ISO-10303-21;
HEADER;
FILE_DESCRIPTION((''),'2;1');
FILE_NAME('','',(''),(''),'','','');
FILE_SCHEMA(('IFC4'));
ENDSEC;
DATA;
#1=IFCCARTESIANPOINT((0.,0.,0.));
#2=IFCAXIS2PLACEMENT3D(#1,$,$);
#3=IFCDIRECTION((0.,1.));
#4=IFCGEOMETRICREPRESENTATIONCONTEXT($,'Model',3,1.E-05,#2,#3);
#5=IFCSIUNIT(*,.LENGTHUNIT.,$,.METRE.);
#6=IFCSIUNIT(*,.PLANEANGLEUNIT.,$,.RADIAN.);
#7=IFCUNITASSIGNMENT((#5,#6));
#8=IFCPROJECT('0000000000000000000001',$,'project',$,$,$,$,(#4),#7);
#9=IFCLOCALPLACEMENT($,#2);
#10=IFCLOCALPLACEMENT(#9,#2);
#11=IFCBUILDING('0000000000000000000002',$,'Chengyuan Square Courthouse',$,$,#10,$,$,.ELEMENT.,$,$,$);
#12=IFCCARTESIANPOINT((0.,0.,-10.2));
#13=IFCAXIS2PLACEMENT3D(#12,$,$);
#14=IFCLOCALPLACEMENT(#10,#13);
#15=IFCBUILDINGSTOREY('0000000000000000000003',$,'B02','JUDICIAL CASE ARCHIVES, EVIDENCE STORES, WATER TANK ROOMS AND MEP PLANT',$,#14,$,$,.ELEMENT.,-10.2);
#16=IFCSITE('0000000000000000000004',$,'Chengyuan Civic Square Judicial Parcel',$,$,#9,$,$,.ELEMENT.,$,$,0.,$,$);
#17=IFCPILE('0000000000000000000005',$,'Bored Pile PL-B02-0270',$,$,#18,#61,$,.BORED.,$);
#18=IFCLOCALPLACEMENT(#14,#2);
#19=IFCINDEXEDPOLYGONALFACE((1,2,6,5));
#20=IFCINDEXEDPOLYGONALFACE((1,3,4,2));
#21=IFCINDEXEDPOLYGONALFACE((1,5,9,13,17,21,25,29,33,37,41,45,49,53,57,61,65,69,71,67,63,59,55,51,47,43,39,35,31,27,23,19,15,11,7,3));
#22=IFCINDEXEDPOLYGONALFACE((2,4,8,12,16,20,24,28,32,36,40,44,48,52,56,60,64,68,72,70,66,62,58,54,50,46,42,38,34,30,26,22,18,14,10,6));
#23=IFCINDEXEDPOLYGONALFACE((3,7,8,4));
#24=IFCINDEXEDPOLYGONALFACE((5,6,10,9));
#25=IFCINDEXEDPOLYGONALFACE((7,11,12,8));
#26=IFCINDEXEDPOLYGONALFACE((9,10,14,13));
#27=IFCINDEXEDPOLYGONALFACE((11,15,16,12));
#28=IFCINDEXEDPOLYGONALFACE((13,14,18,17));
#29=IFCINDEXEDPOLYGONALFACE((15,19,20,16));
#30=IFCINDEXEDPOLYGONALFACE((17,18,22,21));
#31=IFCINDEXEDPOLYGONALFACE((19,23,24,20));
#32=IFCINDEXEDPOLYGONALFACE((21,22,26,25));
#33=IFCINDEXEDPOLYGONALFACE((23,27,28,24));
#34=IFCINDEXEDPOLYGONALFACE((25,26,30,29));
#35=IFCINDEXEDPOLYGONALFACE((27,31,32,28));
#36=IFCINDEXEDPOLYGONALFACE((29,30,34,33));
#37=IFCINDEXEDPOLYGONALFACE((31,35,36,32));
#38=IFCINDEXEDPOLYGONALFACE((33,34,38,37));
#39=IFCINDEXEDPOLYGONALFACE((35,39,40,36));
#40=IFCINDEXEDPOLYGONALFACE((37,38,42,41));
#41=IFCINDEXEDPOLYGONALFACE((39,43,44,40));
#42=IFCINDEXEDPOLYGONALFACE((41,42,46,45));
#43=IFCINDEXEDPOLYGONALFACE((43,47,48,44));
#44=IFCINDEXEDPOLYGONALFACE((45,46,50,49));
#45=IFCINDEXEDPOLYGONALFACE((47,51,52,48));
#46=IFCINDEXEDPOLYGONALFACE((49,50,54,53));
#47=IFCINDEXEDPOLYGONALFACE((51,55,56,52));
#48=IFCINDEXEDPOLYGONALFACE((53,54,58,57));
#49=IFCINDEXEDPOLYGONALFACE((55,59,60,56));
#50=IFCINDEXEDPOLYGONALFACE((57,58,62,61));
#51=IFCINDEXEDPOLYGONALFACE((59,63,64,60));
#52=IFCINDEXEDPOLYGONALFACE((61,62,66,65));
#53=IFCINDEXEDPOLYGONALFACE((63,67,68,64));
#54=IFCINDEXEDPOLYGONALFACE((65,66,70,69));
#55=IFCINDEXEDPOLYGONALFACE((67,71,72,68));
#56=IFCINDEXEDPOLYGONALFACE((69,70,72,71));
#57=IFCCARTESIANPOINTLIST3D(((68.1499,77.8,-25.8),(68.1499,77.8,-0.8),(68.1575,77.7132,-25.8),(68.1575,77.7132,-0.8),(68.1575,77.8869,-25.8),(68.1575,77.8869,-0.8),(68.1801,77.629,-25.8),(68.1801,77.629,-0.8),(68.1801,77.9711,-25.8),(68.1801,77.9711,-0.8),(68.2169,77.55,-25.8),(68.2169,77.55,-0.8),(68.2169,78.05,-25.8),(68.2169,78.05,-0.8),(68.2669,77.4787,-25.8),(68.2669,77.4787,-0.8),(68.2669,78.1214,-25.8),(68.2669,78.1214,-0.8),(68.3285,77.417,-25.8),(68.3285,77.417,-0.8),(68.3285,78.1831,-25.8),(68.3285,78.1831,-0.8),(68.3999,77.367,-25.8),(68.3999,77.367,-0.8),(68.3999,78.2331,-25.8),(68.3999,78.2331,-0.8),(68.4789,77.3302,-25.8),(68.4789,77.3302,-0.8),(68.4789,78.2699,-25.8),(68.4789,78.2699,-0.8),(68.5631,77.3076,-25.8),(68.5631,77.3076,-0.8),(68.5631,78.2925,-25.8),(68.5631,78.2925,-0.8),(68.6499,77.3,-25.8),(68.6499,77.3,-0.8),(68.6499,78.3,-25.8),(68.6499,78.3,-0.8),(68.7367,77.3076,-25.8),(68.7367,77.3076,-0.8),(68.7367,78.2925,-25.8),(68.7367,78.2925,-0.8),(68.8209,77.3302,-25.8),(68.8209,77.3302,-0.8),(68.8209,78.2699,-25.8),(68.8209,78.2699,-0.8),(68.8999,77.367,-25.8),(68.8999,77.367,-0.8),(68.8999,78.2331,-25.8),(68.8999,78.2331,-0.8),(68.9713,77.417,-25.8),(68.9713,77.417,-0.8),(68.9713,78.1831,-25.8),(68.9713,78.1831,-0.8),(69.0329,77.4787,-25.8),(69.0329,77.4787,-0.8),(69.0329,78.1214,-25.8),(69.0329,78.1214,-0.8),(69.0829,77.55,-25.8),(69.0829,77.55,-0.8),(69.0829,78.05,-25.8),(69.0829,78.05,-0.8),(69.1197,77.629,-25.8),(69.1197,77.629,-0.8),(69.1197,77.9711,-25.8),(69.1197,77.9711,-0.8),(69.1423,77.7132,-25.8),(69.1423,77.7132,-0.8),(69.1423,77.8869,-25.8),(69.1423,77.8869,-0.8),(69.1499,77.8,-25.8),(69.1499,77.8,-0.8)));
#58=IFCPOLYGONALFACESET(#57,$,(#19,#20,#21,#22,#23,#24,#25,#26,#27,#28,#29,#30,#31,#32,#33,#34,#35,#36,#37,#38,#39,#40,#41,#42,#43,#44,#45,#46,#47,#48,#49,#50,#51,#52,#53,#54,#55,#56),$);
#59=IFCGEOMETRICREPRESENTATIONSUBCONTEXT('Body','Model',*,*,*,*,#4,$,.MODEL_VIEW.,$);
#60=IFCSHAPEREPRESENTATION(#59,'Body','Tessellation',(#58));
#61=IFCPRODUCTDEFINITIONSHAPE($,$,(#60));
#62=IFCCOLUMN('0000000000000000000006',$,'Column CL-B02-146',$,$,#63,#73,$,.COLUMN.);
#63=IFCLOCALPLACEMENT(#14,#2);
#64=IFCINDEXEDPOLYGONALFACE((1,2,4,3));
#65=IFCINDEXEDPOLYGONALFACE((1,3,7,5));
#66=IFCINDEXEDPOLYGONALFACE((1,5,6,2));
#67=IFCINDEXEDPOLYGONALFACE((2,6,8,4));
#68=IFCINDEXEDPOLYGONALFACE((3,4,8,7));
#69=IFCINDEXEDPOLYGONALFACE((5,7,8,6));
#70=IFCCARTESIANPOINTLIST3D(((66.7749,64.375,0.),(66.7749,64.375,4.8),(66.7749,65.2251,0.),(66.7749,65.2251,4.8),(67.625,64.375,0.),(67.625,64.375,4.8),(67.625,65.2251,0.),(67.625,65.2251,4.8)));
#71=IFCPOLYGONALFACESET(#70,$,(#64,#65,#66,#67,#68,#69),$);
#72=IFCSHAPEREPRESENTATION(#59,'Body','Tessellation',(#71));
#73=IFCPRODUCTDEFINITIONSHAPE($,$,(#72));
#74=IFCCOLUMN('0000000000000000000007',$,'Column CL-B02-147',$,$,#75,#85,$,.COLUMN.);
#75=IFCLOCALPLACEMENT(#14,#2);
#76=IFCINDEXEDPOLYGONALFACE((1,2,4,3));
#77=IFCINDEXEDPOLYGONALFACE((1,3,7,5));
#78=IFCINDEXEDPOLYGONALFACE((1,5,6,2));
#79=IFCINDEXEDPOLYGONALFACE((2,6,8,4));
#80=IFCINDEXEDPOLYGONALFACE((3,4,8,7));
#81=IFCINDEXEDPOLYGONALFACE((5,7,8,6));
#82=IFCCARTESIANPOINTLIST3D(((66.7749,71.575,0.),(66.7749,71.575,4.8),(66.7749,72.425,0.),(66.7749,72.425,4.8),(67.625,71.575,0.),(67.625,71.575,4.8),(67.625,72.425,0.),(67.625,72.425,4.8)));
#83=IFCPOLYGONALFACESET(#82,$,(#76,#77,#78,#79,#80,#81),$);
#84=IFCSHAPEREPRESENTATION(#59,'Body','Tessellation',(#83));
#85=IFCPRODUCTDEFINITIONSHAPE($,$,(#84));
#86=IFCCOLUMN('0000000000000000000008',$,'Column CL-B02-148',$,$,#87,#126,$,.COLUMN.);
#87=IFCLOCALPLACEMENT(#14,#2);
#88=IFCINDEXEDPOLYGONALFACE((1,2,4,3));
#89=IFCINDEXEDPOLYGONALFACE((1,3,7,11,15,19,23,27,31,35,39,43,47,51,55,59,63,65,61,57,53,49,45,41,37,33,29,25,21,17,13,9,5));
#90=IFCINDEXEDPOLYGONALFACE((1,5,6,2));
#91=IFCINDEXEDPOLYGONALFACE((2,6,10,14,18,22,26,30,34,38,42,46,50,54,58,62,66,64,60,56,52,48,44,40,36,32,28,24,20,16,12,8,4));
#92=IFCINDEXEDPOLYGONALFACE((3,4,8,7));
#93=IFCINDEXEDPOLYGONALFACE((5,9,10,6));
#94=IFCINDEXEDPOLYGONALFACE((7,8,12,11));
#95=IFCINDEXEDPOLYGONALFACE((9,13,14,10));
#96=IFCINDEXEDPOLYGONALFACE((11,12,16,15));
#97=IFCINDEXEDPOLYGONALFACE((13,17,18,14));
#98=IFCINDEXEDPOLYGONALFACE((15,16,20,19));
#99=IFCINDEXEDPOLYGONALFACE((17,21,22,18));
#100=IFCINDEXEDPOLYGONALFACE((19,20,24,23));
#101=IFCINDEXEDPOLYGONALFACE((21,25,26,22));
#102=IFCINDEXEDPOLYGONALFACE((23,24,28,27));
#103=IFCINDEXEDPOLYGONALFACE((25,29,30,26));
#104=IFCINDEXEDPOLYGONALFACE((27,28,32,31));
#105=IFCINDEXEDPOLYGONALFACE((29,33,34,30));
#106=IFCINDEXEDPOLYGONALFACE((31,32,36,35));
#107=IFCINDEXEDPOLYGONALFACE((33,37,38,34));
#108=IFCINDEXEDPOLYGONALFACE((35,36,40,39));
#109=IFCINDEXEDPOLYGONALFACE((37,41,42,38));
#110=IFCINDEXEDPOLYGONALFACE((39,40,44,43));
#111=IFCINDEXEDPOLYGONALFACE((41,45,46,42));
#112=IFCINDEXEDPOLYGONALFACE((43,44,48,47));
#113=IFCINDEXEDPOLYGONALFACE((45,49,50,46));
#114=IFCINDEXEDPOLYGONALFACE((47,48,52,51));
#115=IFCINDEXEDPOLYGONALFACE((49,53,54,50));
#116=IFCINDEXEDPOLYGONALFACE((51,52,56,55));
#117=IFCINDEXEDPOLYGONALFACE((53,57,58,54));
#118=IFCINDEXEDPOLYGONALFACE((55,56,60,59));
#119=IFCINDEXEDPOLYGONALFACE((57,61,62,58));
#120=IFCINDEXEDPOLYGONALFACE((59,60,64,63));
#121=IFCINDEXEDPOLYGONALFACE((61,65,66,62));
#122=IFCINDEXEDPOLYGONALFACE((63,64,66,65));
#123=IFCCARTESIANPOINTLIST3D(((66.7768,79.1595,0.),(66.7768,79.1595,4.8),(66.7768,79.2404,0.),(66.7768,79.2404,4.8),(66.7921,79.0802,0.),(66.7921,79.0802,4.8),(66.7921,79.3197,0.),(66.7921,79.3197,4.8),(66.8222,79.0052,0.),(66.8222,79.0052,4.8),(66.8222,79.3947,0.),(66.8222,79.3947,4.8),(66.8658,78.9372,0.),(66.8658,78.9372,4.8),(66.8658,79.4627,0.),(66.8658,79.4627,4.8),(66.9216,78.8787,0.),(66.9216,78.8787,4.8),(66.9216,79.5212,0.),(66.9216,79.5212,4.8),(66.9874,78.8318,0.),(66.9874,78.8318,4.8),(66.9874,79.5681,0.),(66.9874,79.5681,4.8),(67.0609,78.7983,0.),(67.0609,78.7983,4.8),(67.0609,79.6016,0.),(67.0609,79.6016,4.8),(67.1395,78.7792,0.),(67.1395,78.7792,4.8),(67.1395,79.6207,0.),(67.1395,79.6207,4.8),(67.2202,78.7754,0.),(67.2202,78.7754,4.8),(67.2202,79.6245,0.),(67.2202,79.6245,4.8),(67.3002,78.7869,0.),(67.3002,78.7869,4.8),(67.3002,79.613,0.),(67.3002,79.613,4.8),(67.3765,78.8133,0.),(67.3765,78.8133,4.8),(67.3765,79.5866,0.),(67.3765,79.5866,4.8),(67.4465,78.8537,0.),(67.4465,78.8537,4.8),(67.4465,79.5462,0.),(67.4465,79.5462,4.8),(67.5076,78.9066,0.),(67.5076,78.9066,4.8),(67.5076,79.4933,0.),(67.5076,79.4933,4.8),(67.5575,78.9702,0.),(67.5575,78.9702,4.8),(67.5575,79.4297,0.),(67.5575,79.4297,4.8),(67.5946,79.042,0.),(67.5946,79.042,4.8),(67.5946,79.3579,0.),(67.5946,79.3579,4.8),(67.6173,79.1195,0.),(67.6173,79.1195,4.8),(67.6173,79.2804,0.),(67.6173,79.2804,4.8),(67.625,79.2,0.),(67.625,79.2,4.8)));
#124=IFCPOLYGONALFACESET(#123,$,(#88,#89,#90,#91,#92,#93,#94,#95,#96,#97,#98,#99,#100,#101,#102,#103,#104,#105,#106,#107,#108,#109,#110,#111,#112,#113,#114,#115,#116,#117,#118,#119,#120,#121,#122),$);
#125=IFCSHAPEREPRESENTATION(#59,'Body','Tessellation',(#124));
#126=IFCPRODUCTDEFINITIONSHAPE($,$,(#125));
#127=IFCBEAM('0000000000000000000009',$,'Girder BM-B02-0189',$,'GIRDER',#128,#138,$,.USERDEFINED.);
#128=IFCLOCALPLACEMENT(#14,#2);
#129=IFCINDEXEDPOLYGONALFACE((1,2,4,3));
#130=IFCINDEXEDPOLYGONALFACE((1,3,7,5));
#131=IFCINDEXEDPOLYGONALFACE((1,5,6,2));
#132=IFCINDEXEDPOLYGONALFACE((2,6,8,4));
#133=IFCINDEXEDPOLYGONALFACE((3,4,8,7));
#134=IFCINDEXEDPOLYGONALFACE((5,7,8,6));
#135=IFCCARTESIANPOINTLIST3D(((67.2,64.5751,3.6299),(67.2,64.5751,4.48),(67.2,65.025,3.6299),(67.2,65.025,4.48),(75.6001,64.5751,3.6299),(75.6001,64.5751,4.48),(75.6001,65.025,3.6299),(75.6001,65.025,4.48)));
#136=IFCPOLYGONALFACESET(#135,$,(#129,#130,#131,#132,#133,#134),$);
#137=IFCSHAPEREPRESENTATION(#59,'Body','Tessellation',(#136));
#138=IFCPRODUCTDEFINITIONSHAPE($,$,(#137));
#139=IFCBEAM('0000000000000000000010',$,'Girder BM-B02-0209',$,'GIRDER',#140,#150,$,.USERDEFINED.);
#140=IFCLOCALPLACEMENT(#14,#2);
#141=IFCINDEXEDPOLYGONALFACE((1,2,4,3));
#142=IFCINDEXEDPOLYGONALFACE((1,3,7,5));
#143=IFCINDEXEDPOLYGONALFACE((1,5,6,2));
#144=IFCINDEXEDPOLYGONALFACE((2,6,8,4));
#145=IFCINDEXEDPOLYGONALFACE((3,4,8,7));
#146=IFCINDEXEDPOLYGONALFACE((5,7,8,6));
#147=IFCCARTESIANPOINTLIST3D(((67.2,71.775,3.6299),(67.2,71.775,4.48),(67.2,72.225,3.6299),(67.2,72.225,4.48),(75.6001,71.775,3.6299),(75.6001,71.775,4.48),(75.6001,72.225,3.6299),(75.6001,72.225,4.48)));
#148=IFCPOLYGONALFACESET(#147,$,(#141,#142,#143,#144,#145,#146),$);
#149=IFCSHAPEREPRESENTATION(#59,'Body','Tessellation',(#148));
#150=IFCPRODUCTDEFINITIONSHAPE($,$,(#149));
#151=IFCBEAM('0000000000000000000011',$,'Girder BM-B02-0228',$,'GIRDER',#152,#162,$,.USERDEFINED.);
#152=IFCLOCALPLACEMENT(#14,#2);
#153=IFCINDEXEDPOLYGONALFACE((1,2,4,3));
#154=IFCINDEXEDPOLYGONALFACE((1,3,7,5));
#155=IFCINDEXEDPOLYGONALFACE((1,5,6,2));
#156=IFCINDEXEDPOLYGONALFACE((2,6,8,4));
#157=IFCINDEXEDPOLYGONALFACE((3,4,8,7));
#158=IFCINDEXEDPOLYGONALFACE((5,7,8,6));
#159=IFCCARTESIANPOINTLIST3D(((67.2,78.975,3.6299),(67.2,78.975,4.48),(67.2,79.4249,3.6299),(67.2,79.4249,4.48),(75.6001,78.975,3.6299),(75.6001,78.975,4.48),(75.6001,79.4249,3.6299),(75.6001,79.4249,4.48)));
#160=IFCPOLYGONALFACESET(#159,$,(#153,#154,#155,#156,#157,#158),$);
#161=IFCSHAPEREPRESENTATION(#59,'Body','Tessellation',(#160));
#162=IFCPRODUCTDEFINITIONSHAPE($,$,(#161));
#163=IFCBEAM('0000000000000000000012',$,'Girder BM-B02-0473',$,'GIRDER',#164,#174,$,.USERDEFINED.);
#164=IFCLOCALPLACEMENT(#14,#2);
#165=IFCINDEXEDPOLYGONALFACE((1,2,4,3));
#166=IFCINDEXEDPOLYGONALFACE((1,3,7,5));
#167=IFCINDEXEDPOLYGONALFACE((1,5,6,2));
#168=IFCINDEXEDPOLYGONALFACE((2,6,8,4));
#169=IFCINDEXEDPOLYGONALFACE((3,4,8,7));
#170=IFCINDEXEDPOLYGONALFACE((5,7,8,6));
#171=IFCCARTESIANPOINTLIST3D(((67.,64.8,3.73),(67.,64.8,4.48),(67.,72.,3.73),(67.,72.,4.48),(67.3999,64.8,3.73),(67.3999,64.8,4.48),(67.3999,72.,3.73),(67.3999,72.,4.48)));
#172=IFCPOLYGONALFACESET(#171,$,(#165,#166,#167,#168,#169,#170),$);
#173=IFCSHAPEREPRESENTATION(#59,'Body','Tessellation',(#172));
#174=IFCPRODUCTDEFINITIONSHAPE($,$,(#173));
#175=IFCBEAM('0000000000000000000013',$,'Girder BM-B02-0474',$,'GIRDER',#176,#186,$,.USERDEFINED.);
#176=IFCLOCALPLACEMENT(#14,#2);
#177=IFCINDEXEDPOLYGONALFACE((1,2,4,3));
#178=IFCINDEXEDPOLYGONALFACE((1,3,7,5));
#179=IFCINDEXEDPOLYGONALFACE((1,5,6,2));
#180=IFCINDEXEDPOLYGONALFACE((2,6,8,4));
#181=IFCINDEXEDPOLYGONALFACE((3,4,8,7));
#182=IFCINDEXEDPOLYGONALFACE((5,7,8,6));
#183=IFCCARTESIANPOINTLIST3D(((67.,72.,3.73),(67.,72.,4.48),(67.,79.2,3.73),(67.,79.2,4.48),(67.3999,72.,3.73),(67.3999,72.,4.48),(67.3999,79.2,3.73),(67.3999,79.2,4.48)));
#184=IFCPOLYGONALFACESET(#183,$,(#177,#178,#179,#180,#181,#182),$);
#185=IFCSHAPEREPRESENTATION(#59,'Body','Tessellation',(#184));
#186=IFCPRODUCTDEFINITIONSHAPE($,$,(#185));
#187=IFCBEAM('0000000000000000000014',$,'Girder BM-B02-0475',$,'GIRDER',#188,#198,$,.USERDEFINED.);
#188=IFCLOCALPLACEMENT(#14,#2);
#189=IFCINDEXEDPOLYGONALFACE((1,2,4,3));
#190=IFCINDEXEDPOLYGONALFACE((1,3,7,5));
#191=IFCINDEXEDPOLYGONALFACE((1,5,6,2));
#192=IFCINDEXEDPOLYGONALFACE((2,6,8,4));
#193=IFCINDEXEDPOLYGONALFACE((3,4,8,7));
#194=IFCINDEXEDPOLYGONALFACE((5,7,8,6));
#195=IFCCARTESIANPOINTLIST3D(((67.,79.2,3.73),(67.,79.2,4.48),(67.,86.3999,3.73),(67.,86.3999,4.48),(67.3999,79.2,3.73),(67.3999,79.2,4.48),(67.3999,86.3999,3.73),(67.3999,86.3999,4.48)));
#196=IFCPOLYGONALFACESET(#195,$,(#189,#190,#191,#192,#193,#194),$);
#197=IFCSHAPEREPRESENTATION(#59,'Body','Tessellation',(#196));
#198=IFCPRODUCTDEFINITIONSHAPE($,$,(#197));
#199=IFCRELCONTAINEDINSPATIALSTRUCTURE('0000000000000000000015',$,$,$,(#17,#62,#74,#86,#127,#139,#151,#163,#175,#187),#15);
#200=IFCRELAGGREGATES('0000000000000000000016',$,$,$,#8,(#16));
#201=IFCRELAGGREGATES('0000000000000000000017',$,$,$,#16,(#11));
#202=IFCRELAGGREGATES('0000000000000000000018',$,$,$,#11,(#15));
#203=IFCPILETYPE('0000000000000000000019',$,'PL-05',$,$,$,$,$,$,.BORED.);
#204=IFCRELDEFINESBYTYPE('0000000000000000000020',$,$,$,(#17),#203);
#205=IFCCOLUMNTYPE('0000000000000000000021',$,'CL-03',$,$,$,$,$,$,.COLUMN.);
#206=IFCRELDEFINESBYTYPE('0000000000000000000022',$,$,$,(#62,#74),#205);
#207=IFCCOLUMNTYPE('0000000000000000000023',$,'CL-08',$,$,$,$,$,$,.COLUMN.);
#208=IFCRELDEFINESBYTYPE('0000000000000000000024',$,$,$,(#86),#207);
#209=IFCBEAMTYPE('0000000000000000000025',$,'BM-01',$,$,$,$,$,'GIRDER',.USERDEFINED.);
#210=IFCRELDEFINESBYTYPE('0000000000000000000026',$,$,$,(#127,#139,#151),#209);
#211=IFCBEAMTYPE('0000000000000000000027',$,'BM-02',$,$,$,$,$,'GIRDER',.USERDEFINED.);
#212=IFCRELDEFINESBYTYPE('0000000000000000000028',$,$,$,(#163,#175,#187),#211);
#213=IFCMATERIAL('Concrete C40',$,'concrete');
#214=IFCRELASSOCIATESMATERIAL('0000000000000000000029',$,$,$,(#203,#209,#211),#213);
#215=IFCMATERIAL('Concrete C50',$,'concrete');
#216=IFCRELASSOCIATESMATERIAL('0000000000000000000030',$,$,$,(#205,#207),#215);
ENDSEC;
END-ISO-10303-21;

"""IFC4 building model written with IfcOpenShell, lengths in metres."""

from ifc_helpers import new_model, si_unit, direction, frame, origin, origin_2d, place, context, subcontext, project, spatial, rectangle, circle, extrude, material, material_profile, profile_set, type_object, element, save


model = new_model("IFC4")

# Units and contexts
model_context = context("Model", 3, precision=1e-05, world=origin(), true_north=direction((0.0, 1.0)))
body_context = subcontext(model_context, "Body", "Model", "MODEL_VIEW")
ifc_project = project(units=[si_unit("LENGTHUNIT", "METRE"), si_unit("PLANEANGLEUNIT", "RADIAN")], contexts=[model_context])

# Site, building, storey
site_placement = place(None, origin())
site = spatial("IfcSite", under=ifc_project, at=site_placement, Name="Chengyuan Civic Square Judicial Parcel", CompositionType="ELEMENT", RefElevation=0.0)
building_placement = place(site_placement, origin())
building = spatial("IfcBuilding", under=site, at=building_placement, Name="Chengyuan Square Courthouse", CompositionType="ELEMENT")
storey_placement = place(building_placement, frame((0.0, 0.0, -10.2)))
storey = spatial("IfcBuildingStorey", under=building, at=storey_placement, Name="B02", Description="JUDICIAL CASE ARCHIVES, EVIDENCE STORES, WATER TANK ROOMS AND MEP PLANT", CompositionType="ELEMENT", Elevation=-10.2)

# Shared definitions
ifc_material_1 = material(Name="Concrete C40", Category="concrete")

# Pile
ifc_material_profile_1 = material_profile(ifc_material_1, circle(Radius=0.5, at=origin_2d()), Name="BORED PILE D1000")
ifc_profile_set_1 = profile_set([ifc_material_profile_1], Name="Concrete C40")
pile_type_1 = type_object("IfcPileType", Name="PL-05", PredefinedType="BORED", material=ifc_profile_set_1)
for number, where, z_axis, x_axis, name in (
    (1, (68.6499, 77.8, -0.8), (0.0, 0.0, -1.0), (1.0, 0.0, 0.0), "Bored Pile PL-B02-0270"),
):
    element("IfcPile", number, at=place(storey_placement, frame(where, z_axis=z_axis, x_axis=x_axis)), inside=storey, type_object=pile_type_1, Name=name, PredefinedType="BORED", context=body_context, shape_type="SweptSolid", body=[
        extrude(circle(Radius=0.5, at=origin_2d()), origin(), (0.0, 0.0, 1.0), 25.0),
    ])

# Columns
ifc_material_2 = material(Name="Concrete C50", Category="concrete")
ifc_material_profile_2 = material_profile(ifc_material_2, rectangle(XDim=0.8501, YDim=0.8501, at=origin_2d()), Name="RC-COL-850x850")
ifc_profile_set_2 = profile_set([ifc_material_profile_2], Name="Concrete C50")
column_type_1 = type_object("IfcColumnType", Name="CL-03", PredefinedType="COLUMN", material=ifc_profile_set_2)
for number, where, z_axis, x_axis, name in (
    (2, (67.2, 64.8, 0.0), (0.0, 0.0, 1.0), (1.0, 0.0, 0.0), "Column CL-B02-146"),
    (3, (67.2, 72.0, 0.0), (0.0, 0.0, 1.0), (1.0, 0.0, 0.0), "Column CL-B02-147"),
):
    element("IfcColumn", number, at=place(storey_placement, frame(where, z_axis=z_axis, x_axis=x_axis)), inside=storey, type_object=column_type_1, Name=name, PredefinedType="COLUMN", context=body_context, shape_type="SweptSolid", body=[
        extrude(rectangle(XDim=0.8501, YDim=0.8501, at=origin_2d()), origin(), (0.0, 0.0, 1.0), 4.8),
    ])
ifc_material_profile_3 = material_profile(ifc_material_2, circle(Radius=0.425, at=origin_2d()), Name="RC-COL-D850")
ifc_profile_set_3 = profile_set([ifc_material_profile_3], Name="Concrete C50")
column_type_2 = type_object("IfcColumnType", Name="CL-08", PredefinedType="COLUMN", material=ifc_profile_set_3)
column_placement = place(storey_placement, frame((67.2, 79.2, 0.0), z_axis=(0.0, 0.0, 1.0), x_axis=(1.0, 0.0, 0.0)))
element("IfcColumn", 4, at=column_placement, inside=storey, type_object=column_type_2, Name="Column CL-B02-148", PredefinedType="COLUMN", context=body_context, shape_type="SweptSolid", body=[
    extrude(circle(Radius=0.425, at=origin_2d()), origin(), (0.0, 0.0, 1.0), 4.8),
])

# Beams
ifc_material_profile_4 = material_profile(ifc_material_1, rectangle(XDim=0.45, YDim=0.8501, at=origin_2d()), Name="RC-BM-450x850")
ifc_profile_set_4 = profile_set([ifc_material_profile_4], Name="Concrete C40")
beam_type_1 = type_object("IfcBeamType", Name="BM-01", ElementType="GIRDER", PredefinedType="USERDEFINED", material=ifc_profile_set_4)
for number, where, z_axis, x_axis, name in (
    (5, (67.2, 64.8, 4.0549), (1.0, 0.0, 0.0), (0.0, 1.0, 0.0), "Girder BM-B02-0189"),
    (6, (67.2, 72.0, 4.0549), (1.0, 0.0, 0.0), (0.0, 1.0, 0.0), "Girder BM-B02-0209"),
    (7, (67.2, 79.2, 4.0549), (1.0, 0.0, 0.0), (0.0, 1.0, 0.0), "Girder BM-B02-0228"),
):
    element("IfcBeam", number, at=place(storey_placement, frame(where, z_axis=z_axis, x_axis=x_axis)), inside=storey, type_object=beam_type_1, Name=name, ObjectType="GIRDER", PredefinedType="USERDEFINED", context=body_context, shape_type="SweptSolid", body=[
        extrude(rectangle(XDim=0.45, YDim=0.8501, at=origin_2d()), origin(), (0.0, 0.0, 1.0), 8.4001),
    ])
ifc_material_profile_5 = material_profile(ifc_material_1, rectangle(XDim=0.3999, YDim=0.75, at=origin_2d()), Name="RC-BM-400x750")
ifc_profile_set_5 = profile_set([ifc_material_profile_5], Name="Concrete C40")
beam_type_2 = type_object("IfcBeamType", Name="BM-02", ElementType="GIRDER", PredefinedType="USERDEFINED", material=ifc_profile_set_5)
for number, where, z_axis, x_axis, name in (
    (8, (67.2, 64.8, 4.105), (0.0, 1.0, 0.0), (-1.0, 0.0, 0.0), "Girder BM-B02-0473"),
    (9, (67.2, 72.0, 4.105), (0.0, 1.0, 0.0), (-1.0, 0.0, 0.0), "Girder BM-B02-0474"),
    (10, (67.2, 79.2, 4.105), (0.0, 1.0, 0.0), (-1.0, 0.0, 0.0), "Girder BM-B02-0475"),
):
    element("IfcBeam", number, at=place(storey_placement, frame(where, z_axis=z_axis, x_axis=x_axis)), inside=storey, type_object=beam_type_2, Name=name, ObjectType="GIRDER", PredefinedType="USERDEFINED", context=body_context, shape_type="SweptSolid", body=[
        extrude(rectangle(XDim=0.3999, YDim=0.75, at=origin_2d()), origin(), (0.0, 0.0, 1.0), 7.2),
    ])

save(model, "model.ifc")
